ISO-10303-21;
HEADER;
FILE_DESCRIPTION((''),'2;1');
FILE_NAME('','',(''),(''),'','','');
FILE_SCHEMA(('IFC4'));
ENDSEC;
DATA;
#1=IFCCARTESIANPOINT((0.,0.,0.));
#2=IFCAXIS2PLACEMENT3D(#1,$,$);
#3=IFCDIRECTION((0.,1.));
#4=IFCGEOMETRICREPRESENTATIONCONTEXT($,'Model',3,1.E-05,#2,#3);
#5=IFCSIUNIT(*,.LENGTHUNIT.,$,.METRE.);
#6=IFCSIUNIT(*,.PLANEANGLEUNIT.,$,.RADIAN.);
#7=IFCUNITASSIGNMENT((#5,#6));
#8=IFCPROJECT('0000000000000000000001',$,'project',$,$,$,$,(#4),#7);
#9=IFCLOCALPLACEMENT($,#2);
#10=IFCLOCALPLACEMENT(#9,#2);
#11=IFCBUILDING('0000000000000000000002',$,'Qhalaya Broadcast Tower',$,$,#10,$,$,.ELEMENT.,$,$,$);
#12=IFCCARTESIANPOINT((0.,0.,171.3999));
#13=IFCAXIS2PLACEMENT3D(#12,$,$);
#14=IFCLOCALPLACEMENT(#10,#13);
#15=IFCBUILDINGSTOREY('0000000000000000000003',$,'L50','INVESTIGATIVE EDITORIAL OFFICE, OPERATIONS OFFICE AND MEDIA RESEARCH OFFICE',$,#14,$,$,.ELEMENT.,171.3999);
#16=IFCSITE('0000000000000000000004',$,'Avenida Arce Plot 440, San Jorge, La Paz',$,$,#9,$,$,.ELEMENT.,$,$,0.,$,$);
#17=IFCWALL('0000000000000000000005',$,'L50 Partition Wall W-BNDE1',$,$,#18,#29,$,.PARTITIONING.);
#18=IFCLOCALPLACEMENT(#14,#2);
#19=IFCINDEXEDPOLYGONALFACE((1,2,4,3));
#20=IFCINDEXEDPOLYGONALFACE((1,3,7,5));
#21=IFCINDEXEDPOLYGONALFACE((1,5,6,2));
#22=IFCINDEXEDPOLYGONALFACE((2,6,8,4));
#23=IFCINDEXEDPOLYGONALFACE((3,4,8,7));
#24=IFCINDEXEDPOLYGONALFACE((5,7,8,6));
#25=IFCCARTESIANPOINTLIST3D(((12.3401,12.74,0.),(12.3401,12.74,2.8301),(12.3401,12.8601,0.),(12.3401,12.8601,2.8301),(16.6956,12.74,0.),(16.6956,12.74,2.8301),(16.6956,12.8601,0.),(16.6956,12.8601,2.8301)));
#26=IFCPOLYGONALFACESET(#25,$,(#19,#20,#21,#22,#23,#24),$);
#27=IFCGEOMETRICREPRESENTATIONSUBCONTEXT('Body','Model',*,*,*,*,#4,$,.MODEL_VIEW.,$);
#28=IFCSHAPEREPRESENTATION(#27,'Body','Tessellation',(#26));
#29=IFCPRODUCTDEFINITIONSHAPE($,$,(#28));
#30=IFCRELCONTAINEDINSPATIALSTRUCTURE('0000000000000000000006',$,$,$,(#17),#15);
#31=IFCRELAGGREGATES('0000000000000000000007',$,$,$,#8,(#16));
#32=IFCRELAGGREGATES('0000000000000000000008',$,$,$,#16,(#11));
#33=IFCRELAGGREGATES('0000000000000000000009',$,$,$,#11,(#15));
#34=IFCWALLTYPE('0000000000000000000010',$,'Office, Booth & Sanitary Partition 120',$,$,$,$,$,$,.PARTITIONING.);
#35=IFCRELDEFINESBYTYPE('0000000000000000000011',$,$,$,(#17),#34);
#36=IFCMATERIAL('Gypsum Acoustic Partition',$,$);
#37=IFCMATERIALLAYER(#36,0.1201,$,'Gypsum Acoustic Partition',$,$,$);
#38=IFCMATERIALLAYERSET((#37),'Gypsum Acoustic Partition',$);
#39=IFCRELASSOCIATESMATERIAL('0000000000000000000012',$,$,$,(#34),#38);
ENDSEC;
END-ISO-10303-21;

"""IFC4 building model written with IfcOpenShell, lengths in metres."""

from ifc_helpers import new_model, si_unit, direction, frame, frame_2d, origin, place, context, subcontext, project, spatial, rectangle, extrude, material, layer, layer_set, type_object, element, save


model = new_model("IFC4")

# Units and contexts
model_context = context("Model", 3, precision=1e-05, world=origin(), true_north=direction((0.0, 1.0)))
body_context = subcontext(model_context, "Body", "Model", "MODEL_VIEW")
ifc_project = project(units=[si_unit("LENGTHUNIT", "METRE"), si_unit("PLANEANGLEUNIT", "RADIAN")], contexts=[model_context])

# Site, building, storey
site_placement = place(None, origin())
site = spatial("IfcSite", under=ifc_project, at=site_placement, Name="Avenida Arce Plot 440, San Jorge, La Paz", CompositionType="ELEMENT", RefElevation=0.0)
building_placement = place(site_placement, origin())
building = spatial("IfcBuilding", under=site, at=building_placement, Name="Qhalaya Broadcast Tower", CompositionType="ELEMENT")
storey_placement = place(building_placement, frame((0.0, 0.0, 171.3999)))
storey = spatial("IfcBuildingStorey", under=building, at=storey_placement, Name="L50", Description="INVESTIGATIVE EDITORIAL OFFICE, OPERATIONS OFFICE AND MEDIA RESEARCH OFFICE", CompositionType="ELEMENT", Elevation=171.3999)

# Wall
ifc_material_1 = material(Name="Gypsum Acoustic Partition")
ifc_layer_1 = layer(ifc_material_1, 0.1201, Name="Gypsum Acoustic Partition")
ifc_layer_set_1 = layer_set([ifc_layer_1], Name="Gypsum Acoustic Partition")
wall_type = type_object("IfcWallType", Name="Office, Booth & Sanitary Partition 120", PredefinedType="PARTITIONING", material=ifc_layer_set_1)
wall_placement = place(storey_placement, frame((12.3401, 12.8, 0.0), z_axis=(0.0, 0.0, 1.0), x_axis=(1.0, 0.0, 0.0)))
element("IfcWall", 1, at=wall_placement, inside=storey, type_object=wall_type, Name="L50 Partition Wall W-BNDE1", PredefinedType="PARTITIONING", context=body_context, shape_type="SweptSolid", body=[
    extrude(rectangle(XDim=4.3555, YDim=0.1201, at=frame_2d((2.1777, 0.0))), origin(), (0.0, 0.0, 1.0), 2.8301),
])

save(model, "model.ifc")
